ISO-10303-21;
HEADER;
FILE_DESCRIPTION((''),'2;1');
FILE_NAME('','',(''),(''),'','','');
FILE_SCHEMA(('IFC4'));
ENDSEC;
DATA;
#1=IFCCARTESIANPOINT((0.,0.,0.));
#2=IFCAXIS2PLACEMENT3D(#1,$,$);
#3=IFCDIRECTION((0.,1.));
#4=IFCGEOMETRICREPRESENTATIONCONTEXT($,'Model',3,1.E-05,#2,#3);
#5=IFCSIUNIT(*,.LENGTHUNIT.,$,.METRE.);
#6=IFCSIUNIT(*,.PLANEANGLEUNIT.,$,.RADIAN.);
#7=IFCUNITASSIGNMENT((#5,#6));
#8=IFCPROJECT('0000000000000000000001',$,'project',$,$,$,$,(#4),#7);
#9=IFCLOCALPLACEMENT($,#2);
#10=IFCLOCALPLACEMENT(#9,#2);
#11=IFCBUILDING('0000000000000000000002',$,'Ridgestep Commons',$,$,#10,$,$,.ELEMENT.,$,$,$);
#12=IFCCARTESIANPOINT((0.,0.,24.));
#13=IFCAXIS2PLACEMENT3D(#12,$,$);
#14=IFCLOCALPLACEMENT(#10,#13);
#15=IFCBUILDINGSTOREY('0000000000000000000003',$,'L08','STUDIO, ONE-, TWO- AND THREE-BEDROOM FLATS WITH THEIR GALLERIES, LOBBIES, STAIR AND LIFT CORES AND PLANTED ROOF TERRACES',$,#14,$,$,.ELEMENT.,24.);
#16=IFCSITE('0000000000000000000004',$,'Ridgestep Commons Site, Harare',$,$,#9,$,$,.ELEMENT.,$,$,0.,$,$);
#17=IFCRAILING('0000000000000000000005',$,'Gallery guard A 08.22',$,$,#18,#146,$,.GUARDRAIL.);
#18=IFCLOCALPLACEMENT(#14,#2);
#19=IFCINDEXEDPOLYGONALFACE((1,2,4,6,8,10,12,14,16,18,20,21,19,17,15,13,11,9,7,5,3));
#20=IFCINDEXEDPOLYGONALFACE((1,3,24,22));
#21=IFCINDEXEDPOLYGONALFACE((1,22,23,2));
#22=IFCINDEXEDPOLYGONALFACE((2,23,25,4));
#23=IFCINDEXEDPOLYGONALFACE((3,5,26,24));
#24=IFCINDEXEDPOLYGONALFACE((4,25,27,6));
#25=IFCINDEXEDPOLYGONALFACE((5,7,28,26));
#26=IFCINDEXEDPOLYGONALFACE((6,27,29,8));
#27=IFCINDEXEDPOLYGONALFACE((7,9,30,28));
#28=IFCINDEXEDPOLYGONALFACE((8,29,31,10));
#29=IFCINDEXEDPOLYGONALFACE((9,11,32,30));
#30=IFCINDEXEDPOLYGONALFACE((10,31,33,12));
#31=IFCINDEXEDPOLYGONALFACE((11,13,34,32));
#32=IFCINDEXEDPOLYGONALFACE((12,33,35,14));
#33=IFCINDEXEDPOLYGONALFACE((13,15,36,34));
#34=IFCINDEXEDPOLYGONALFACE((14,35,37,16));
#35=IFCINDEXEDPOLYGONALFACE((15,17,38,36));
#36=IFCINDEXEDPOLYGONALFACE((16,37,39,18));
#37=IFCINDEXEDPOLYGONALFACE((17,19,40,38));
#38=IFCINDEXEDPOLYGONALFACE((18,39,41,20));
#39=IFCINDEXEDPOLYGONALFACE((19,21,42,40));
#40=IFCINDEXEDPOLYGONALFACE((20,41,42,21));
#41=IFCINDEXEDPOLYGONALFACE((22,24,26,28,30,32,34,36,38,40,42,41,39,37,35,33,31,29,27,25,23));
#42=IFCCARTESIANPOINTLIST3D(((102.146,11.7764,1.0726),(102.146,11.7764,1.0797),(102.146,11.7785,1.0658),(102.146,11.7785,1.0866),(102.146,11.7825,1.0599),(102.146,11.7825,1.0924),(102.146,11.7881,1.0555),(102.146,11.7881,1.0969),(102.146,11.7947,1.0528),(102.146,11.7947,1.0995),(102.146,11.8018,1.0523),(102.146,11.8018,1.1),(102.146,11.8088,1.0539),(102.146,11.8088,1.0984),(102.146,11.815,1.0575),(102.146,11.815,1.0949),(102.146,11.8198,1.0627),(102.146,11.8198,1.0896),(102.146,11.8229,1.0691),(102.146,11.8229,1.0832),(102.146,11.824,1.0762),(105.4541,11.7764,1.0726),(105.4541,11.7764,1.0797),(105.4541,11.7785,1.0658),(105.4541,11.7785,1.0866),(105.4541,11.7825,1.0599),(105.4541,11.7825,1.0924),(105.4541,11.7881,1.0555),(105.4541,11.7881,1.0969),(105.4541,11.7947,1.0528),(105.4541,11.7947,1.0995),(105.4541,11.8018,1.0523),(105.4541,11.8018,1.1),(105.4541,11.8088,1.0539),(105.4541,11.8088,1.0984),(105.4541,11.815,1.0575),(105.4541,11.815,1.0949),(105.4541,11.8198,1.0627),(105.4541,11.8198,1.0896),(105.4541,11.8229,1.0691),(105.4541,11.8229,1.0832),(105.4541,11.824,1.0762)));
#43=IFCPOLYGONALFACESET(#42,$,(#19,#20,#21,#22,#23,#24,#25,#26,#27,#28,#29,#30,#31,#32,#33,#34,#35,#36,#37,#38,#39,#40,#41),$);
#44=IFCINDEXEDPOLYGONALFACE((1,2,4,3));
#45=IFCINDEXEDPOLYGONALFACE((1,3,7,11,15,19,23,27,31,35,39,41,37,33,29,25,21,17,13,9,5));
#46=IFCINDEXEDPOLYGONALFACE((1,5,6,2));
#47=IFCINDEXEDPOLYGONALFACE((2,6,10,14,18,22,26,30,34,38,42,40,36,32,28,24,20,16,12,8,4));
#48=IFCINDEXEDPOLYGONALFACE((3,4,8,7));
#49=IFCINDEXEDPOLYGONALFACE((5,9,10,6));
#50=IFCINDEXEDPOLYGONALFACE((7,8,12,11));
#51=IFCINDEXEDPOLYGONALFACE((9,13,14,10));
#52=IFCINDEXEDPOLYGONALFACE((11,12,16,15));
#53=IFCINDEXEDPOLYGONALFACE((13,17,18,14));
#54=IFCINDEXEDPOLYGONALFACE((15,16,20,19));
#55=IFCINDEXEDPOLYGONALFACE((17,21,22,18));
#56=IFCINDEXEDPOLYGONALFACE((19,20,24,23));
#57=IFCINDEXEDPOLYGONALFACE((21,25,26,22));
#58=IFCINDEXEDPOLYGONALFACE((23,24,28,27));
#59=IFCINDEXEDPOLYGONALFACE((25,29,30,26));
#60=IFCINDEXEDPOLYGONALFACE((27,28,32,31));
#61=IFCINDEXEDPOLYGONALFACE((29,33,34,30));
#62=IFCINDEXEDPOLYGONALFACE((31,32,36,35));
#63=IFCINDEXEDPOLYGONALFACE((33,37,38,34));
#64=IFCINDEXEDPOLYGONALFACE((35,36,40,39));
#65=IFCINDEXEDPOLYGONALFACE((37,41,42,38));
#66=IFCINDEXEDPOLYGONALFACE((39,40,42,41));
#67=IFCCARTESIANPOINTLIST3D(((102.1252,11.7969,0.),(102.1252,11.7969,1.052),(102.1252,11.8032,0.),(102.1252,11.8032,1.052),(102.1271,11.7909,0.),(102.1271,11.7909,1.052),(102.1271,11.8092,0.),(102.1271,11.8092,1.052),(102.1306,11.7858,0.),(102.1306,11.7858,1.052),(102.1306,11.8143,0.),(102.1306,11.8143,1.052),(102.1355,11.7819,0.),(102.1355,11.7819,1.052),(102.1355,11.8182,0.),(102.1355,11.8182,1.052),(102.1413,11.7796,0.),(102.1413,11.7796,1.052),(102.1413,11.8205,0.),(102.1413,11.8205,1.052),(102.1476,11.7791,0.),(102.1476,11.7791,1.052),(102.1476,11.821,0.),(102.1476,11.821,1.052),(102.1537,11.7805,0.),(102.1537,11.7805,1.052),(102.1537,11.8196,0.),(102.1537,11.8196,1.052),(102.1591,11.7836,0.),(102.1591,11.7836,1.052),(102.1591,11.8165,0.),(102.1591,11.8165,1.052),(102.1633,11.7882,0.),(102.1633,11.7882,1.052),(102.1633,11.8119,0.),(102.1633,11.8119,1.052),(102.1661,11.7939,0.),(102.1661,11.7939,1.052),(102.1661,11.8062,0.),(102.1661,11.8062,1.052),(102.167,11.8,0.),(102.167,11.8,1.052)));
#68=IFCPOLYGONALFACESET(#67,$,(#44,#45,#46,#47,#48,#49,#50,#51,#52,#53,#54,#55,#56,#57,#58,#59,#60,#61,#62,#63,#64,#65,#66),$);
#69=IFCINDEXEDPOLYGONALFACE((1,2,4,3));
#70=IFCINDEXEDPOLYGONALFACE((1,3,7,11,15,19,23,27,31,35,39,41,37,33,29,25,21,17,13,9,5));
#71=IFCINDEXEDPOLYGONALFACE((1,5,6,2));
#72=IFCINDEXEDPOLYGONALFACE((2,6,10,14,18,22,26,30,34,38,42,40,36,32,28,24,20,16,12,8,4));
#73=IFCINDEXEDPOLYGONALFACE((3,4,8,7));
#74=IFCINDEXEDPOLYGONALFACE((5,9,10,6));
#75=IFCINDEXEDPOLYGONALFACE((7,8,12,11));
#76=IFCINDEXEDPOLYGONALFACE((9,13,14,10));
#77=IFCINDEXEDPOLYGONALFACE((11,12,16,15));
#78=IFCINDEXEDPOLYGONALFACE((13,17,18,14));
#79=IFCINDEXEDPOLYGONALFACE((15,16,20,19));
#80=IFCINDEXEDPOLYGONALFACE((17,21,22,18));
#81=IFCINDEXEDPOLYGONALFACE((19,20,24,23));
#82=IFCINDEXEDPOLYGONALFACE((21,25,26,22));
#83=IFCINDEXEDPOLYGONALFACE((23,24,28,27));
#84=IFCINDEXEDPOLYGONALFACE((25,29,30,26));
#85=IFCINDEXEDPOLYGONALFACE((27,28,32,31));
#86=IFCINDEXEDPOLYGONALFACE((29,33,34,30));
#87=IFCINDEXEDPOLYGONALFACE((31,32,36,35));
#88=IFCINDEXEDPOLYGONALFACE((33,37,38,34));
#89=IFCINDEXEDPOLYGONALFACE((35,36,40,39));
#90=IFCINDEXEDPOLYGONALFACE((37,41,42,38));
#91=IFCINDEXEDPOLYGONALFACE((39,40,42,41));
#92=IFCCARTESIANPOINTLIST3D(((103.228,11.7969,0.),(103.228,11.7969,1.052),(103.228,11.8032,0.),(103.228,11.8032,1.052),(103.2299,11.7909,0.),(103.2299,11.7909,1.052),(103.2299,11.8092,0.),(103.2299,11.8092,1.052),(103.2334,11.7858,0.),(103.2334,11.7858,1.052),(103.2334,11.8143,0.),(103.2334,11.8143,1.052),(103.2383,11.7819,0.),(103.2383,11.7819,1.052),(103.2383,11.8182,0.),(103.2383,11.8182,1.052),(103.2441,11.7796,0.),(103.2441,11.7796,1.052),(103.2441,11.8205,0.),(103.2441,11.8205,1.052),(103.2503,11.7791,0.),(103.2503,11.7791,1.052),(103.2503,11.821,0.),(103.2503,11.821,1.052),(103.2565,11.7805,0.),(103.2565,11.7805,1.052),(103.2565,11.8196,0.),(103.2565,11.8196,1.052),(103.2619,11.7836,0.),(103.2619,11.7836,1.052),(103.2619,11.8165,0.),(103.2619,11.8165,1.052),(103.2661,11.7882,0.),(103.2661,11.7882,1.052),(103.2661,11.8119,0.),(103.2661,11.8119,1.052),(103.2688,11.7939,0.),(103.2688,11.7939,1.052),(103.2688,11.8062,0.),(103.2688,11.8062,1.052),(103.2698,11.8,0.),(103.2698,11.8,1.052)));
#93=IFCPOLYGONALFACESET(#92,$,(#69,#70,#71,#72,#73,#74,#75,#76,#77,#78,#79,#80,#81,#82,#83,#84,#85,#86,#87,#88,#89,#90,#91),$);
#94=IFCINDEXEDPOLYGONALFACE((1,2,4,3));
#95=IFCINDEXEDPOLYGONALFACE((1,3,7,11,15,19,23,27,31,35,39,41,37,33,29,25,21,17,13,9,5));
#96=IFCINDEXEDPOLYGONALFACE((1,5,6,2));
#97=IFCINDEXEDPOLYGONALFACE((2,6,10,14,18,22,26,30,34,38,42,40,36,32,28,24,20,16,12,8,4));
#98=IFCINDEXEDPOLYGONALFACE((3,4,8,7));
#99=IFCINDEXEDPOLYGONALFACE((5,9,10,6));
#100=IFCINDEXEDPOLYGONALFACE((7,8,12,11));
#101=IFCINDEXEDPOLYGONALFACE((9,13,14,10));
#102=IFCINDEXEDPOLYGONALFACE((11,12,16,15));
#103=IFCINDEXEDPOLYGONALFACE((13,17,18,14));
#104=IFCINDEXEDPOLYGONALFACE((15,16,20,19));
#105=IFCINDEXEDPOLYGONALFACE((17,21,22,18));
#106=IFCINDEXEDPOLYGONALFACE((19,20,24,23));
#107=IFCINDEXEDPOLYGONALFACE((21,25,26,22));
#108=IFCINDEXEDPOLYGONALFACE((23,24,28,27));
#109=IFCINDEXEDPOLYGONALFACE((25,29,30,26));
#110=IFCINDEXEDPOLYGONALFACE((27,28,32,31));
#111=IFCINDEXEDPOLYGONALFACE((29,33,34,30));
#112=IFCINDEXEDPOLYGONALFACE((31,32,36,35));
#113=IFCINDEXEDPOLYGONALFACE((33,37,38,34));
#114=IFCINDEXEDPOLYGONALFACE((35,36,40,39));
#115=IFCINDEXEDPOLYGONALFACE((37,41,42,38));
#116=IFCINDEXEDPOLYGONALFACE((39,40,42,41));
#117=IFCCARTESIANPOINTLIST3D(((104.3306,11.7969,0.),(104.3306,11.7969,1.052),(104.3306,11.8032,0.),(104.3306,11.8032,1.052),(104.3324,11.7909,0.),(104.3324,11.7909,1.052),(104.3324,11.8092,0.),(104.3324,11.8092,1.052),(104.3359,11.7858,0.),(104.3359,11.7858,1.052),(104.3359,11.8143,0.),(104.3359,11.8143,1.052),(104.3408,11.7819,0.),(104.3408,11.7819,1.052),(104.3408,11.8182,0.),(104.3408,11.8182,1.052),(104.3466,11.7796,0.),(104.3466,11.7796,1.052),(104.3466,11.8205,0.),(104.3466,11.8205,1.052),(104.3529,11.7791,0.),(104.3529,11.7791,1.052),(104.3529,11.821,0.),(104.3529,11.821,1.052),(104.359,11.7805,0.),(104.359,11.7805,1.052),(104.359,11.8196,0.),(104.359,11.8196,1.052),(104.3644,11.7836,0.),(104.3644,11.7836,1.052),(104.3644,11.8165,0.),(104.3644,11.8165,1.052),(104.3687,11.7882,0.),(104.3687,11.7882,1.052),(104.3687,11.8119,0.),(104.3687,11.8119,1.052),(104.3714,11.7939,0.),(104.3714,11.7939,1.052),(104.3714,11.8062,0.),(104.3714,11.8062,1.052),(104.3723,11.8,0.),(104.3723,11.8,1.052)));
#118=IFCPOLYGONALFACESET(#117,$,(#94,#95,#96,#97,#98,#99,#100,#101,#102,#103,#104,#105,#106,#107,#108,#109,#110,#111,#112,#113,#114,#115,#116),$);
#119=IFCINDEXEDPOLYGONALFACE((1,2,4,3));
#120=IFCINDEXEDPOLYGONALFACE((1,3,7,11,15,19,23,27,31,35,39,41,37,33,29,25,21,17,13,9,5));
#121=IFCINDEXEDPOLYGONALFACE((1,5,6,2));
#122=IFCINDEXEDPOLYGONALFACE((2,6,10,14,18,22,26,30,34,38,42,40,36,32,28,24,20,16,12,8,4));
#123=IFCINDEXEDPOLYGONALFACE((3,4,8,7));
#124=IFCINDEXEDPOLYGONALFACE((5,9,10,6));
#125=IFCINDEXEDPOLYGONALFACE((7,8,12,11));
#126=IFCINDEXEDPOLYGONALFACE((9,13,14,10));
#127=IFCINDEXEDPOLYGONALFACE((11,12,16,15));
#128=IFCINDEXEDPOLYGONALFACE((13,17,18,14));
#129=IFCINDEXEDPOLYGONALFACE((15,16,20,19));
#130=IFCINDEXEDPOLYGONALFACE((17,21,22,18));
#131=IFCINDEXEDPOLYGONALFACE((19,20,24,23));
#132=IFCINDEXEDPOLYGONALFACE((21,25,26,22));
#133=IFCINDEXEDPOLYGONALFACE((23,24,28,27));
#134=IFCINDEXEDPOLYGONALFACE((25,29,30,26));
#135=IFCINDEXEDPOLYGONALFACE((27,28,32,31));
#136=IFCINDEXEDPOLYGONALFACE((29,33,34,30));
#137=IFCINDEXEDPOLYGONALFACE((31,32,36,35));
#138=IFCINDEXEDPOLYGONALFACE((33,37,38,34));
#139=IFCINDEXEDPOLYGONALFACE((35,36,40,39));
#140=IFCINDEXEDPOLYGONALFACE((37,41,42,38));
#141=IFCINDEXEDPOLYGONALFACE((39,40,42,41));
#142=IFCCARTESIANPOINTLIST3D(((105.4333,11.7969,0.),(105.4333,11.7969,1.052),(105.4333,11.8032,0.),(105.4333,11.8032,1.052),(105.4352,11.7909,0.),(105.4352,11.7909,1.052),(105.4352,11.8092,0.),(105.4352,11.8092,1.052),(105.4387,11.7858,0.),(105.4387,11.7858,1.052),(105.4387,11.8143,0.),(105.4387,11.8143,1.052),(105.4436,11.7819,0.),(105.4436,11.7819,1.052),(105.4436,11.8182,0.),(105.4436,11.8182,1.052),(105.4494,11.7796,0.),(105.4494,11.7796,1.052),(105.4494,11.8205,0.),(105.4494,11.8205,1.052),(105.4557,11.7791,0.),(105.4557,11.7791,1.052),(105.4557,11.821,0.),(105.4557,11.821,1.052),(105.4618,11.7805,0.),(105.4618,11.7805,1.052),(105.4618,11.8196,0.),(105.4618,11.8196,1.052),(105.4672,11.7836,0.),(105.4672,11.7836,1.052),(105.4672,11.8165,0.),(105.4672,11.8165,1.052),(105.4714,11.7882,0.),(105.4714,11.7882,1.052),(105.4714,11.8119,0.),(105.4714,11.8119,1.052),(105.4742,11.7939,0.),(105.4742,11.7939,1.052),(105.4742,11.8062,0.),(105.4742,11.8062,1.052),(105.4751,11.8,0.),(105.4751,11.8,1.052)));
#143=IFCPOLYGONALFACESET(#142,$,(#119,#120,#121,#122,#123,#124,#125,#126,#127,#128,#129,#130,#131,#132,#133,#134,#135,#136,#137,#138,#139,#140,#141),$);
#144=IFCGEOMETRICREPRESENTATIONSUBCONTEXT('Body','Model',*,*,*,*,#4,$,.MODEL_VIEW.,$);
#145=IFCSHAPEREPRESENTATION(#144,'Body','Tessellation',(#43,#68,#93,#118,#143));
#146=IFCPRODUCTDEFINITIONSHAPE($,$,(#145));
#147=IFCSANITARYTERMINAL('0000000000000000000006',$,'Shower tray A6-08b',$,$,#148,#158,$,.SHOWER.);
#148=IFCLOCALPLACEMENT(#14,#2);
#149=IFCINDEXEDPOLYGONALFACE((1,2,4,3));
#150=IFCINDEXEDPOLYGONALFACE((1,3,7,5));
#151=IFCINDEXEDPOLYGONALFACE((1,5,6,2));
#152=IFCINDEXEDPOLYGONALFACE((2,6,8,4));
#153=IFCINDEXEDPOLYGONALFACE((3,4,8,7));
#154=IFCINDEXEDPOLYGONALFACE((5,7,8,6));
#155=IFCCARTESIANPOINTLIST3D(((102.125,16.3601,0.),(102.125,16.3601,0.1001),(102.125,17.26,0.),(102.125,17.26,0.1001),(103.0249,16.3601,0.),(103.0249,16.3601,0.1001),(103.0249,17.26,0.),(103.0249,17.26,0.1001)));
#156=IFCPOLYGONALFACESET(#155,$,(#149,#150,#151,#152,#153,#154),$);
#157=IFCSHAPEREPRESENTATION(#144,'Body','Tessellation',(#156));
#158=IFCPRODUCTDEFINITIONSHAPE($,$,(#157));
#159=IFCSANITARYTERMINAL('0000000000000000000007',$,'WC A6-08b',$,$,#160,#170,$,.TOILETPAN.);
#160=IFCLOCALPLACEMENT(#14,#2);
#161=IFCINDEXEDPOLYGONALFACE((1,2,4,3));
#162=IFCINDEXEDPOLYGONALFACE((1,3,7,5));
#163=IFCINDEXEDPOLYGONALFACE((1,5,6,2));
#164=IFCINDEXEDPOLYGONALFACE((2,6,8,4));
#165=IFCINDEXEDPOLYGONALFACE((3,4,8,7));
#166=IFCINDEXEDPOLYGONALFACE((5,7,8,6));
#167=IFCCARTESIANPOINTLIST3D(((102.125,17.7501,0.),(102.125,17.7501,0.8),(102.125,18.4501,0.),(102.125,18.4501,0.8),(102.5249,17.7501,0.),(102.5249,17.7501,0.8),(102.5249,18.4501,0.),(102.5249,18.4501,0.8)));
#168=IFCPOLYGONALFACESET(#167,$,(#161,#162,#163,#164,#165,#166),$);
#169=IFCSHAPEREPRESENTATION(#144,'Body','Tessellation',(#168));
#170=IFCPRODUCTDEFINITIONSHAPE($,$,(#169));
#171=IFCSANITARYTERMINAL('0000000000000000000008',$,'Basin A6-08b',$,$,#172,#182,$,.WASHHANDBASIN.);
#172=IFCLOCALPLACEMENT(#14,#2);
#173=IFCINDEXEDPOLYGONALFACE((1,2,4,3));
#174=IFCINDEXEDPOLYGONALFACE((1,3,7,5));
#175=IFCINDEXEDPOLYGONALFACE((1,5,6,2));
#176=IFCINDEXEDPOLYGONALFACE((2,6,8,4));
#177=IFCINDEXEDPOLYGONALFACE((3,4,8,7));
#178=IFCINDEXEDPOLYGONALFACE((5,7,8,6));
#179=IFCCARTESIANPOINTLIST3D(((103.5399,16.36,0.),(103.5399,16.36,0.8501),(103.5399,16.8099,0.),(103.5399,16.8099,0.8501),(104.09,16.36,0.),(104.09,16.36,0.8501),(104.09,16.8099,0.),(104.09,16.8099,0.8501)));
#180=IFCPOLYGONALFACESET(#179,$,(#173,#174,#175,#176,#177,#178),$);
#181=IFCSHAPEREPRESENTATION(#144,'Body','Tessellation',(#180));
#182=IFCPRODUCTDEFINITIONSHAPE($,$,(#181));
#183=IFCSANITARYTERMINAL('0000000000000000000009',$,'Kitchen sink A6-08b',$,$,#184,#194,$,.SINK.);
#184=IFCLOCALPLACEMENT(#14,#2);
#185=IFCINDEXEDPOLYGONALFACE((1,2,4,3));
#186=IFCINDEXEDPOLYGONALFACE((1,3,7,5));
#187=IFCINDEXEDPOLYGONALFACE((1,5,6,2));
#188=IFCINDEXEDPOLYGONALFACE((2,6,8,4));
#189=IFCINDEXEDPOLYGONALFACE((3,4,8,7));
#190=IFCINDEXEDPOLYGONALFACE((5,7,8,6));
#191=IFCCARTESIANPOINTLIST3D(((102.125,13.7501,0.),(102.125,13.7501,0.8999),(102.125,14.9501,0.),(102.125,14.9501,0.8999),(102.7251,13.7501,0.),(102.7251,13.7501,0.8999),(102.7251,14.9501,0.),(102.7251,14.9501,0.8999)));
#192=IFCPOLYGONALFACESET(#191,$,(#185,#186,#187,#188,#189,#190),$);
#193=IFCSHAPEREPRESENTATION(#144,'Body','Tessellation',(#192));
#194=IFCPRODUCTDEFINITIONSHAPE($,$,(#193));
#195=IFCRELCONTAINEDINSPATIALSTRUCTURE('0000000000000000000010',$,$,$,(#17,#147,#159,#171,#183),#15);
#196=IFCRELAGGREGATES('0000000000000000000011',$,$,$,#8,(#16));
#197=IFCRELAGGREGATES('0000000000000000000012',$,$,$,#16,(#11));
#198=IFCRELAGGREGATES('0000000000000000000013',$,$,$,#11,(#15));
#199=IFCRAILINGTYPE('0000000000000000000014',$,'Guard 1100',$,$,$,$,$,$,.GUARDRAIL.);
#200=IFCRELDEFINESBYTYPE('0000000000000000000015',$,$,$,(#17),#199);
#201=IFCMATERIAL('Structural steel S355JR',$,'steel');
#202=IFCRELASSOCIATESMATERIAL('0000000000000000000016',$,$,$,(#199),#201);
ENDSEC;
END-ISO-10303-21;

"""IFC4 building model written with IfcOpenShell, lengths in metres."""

from ifc_helpers import new_model, si_unit, direction, frame, origin, origin_2d, place, context, subcontext, project, spatial, rectangle, circle, extrude, material, type_object, element, save


model = new_model("IFC4")

# Units and contexts
model_context = context("Model", 3, precision=1e-05, world=origin(), true_north=direction((0.0, 1.0)))
body_context = subcontext(model_context, "Body", "Model", "MODEL_VIEW")
ifc_project = project(units=[si_unit("LENGTHUNIT", "METRE"), si_unit("PLANEANGLEUNIT", "RADIAN")], contexts=[model_context])

# Site, building, storey
site_placement = place(None, origin())
site = spatial("IfcSite", under=ifc_project, at=site_placement, Name="Ridgestep Commons Site, Harare", CompositionType="ELEMENT", RefElevation=0.0)
building_placement = place(site_placement, origin())
building = spatial("IfcBuilding", under=site, at=building_placement, Name="Ridgestep Commons", CompositionType="ELEMENT")
storey_placement = place(building_placement, frame((0.0, 0.0, 24.0)))
storey = spatial("IfcBuildingStorey", under=building, at=storey_placement, Name="L08", Description="STUDIO, ONE-, TWO- AND THREE-BEDROOM FLATS WITH THEIR GALLERIES, LOBBIES, STAIR AND LIFT CORES AND PLANTED ROOF TERRACES", CompositionType="ELEMENT", Elevation=24.0)

# Railing
ifc_material_1 = material(Name="Structural steel S355JR", Category="steel")
railing_type = type_object("IfcRailingType", Name="Guard 1100", PredefinedType="GUARDRAIL", material=ifc_material_1)
railing_placement = place(storey_placement, frame((102.146, 11.8, 0.0)))
element("IfcRailing", 1, at=railing_placement, inside=storey, type_object=railing_type, Name="Gallery guard A 08.22", PredefinedType="GUARDRAIL", context=body_context, shape_type="SweptSolid", body=[
    extrude(circle(Radius=0.0239, at=origin_2d()), frame((0.0, 0.0, 1.0762), z_axis=(1.0, 0.0, 0.0), x_axis=(0.0, 1.0, 0.0)), (0.0, 0.0, 1.0), 3.3081),
    extrude(circle(Radius=0.021, at=origin_2d()), origin(), (0.0, 0.0, 1.0), 1.052),
    extrude(circle(Radius=0.021, at=origin_2d()), frame((1.1028, 0.0, 0.0)), (0.0, 0.0, 1.0), 1.052),
    extrude(circle(Radius=0.021, at=origin_2d()), frame((2.2053, 0.0, 0.0)), (0.0, 0.0, 1.0), 1.052),
    extrude(circle(Radius=0.021, at=origin_2d()), frame((3.3081, 0.0, 0.0)), (0.0, 0.0, 1.0), 1.052),
])

# Sanitary terminals
sanitary_terminal_1_placement = place(storey_placement, frame((102.575, 16.8101, 0.0), z_axis=(0.0, 0.0, 1.0), x_axis=(1.0, 0.0, 0.0)))
element("IfcSanitaryTerminal", 2, at=sanitary_terminal_1_placement, inside=storey, Name="Shower tray A6-08b", PredefinedType="SHOWER", context=body_context, shape_type="SweptSolid", body=[
    extrude(rectangle(XDim=0.8999, YDim=0.8999, at=origin_2d()), origin(), (0.0, 0.0, 1.0), 0.1001),
])
sanitary_terminal_2_placement = place(storey_placement, frame((102.325, 18.1001, 0.0), z_axis=(0.0, 0.0, 1.0), x_axis=(1.0, 0.0, 0.0)))
element("IfcSanitaryTerminal", 3, at=sanitary_terminal_2_placement, inside=storey, Name="WC A6-08b", PredefinedType="TOILETPAN", context=body_context, shape_type="SweptSolid", body=[
    extrude(rectangle(XDim=0.3999, YDim=0.7, at=origin_2d()), origin(), (0.0, 0.0, 1.0), 0.8),
])
sanitary_terminal_3_placement = place(storey_placement, frame((103.8149, 16.585, 0.0), z_axis=(0.0, 0.0, 1.0), x_axis=(1.0, 0.0, 0.0)))
element("IfcSanitaryTerminal", 4, at=sanitary_terminal_3_placement, inside=storey, Name="Basin A6-08b", PredefinedType="WASHHANDBASIN", context=body_context, shape_type="SweptSolid", body=[
    extrude(rectangle(XDim=0.55, YDim=0.45, at=origin_2d()), origin(), (0.0, 0.0, 1.0), 0.8501),
])
sanitary_terminal_4_placement = place(storey_placement, frame((102.425, 14.3501, 0.0), z_axis=(0.0, 0.0, 1.0), x_axis=(1.0, 0.0, 0.0)))
element("IfcSanitaryTerminal", 5, at=sanitary_terminal_4_placement, inside=storey, Name="Kitchen sink A6-08b", PredefinedType="SINK", context=body_context, shape_type="SweptSolid", body=[
    extrude(rectangle(XDim=0.6001, YDim=1.2, at=origin_2d()), origin(), (0.0, 0.0, 1.0), 0.8999),
])

save(model, "model.ifc")
